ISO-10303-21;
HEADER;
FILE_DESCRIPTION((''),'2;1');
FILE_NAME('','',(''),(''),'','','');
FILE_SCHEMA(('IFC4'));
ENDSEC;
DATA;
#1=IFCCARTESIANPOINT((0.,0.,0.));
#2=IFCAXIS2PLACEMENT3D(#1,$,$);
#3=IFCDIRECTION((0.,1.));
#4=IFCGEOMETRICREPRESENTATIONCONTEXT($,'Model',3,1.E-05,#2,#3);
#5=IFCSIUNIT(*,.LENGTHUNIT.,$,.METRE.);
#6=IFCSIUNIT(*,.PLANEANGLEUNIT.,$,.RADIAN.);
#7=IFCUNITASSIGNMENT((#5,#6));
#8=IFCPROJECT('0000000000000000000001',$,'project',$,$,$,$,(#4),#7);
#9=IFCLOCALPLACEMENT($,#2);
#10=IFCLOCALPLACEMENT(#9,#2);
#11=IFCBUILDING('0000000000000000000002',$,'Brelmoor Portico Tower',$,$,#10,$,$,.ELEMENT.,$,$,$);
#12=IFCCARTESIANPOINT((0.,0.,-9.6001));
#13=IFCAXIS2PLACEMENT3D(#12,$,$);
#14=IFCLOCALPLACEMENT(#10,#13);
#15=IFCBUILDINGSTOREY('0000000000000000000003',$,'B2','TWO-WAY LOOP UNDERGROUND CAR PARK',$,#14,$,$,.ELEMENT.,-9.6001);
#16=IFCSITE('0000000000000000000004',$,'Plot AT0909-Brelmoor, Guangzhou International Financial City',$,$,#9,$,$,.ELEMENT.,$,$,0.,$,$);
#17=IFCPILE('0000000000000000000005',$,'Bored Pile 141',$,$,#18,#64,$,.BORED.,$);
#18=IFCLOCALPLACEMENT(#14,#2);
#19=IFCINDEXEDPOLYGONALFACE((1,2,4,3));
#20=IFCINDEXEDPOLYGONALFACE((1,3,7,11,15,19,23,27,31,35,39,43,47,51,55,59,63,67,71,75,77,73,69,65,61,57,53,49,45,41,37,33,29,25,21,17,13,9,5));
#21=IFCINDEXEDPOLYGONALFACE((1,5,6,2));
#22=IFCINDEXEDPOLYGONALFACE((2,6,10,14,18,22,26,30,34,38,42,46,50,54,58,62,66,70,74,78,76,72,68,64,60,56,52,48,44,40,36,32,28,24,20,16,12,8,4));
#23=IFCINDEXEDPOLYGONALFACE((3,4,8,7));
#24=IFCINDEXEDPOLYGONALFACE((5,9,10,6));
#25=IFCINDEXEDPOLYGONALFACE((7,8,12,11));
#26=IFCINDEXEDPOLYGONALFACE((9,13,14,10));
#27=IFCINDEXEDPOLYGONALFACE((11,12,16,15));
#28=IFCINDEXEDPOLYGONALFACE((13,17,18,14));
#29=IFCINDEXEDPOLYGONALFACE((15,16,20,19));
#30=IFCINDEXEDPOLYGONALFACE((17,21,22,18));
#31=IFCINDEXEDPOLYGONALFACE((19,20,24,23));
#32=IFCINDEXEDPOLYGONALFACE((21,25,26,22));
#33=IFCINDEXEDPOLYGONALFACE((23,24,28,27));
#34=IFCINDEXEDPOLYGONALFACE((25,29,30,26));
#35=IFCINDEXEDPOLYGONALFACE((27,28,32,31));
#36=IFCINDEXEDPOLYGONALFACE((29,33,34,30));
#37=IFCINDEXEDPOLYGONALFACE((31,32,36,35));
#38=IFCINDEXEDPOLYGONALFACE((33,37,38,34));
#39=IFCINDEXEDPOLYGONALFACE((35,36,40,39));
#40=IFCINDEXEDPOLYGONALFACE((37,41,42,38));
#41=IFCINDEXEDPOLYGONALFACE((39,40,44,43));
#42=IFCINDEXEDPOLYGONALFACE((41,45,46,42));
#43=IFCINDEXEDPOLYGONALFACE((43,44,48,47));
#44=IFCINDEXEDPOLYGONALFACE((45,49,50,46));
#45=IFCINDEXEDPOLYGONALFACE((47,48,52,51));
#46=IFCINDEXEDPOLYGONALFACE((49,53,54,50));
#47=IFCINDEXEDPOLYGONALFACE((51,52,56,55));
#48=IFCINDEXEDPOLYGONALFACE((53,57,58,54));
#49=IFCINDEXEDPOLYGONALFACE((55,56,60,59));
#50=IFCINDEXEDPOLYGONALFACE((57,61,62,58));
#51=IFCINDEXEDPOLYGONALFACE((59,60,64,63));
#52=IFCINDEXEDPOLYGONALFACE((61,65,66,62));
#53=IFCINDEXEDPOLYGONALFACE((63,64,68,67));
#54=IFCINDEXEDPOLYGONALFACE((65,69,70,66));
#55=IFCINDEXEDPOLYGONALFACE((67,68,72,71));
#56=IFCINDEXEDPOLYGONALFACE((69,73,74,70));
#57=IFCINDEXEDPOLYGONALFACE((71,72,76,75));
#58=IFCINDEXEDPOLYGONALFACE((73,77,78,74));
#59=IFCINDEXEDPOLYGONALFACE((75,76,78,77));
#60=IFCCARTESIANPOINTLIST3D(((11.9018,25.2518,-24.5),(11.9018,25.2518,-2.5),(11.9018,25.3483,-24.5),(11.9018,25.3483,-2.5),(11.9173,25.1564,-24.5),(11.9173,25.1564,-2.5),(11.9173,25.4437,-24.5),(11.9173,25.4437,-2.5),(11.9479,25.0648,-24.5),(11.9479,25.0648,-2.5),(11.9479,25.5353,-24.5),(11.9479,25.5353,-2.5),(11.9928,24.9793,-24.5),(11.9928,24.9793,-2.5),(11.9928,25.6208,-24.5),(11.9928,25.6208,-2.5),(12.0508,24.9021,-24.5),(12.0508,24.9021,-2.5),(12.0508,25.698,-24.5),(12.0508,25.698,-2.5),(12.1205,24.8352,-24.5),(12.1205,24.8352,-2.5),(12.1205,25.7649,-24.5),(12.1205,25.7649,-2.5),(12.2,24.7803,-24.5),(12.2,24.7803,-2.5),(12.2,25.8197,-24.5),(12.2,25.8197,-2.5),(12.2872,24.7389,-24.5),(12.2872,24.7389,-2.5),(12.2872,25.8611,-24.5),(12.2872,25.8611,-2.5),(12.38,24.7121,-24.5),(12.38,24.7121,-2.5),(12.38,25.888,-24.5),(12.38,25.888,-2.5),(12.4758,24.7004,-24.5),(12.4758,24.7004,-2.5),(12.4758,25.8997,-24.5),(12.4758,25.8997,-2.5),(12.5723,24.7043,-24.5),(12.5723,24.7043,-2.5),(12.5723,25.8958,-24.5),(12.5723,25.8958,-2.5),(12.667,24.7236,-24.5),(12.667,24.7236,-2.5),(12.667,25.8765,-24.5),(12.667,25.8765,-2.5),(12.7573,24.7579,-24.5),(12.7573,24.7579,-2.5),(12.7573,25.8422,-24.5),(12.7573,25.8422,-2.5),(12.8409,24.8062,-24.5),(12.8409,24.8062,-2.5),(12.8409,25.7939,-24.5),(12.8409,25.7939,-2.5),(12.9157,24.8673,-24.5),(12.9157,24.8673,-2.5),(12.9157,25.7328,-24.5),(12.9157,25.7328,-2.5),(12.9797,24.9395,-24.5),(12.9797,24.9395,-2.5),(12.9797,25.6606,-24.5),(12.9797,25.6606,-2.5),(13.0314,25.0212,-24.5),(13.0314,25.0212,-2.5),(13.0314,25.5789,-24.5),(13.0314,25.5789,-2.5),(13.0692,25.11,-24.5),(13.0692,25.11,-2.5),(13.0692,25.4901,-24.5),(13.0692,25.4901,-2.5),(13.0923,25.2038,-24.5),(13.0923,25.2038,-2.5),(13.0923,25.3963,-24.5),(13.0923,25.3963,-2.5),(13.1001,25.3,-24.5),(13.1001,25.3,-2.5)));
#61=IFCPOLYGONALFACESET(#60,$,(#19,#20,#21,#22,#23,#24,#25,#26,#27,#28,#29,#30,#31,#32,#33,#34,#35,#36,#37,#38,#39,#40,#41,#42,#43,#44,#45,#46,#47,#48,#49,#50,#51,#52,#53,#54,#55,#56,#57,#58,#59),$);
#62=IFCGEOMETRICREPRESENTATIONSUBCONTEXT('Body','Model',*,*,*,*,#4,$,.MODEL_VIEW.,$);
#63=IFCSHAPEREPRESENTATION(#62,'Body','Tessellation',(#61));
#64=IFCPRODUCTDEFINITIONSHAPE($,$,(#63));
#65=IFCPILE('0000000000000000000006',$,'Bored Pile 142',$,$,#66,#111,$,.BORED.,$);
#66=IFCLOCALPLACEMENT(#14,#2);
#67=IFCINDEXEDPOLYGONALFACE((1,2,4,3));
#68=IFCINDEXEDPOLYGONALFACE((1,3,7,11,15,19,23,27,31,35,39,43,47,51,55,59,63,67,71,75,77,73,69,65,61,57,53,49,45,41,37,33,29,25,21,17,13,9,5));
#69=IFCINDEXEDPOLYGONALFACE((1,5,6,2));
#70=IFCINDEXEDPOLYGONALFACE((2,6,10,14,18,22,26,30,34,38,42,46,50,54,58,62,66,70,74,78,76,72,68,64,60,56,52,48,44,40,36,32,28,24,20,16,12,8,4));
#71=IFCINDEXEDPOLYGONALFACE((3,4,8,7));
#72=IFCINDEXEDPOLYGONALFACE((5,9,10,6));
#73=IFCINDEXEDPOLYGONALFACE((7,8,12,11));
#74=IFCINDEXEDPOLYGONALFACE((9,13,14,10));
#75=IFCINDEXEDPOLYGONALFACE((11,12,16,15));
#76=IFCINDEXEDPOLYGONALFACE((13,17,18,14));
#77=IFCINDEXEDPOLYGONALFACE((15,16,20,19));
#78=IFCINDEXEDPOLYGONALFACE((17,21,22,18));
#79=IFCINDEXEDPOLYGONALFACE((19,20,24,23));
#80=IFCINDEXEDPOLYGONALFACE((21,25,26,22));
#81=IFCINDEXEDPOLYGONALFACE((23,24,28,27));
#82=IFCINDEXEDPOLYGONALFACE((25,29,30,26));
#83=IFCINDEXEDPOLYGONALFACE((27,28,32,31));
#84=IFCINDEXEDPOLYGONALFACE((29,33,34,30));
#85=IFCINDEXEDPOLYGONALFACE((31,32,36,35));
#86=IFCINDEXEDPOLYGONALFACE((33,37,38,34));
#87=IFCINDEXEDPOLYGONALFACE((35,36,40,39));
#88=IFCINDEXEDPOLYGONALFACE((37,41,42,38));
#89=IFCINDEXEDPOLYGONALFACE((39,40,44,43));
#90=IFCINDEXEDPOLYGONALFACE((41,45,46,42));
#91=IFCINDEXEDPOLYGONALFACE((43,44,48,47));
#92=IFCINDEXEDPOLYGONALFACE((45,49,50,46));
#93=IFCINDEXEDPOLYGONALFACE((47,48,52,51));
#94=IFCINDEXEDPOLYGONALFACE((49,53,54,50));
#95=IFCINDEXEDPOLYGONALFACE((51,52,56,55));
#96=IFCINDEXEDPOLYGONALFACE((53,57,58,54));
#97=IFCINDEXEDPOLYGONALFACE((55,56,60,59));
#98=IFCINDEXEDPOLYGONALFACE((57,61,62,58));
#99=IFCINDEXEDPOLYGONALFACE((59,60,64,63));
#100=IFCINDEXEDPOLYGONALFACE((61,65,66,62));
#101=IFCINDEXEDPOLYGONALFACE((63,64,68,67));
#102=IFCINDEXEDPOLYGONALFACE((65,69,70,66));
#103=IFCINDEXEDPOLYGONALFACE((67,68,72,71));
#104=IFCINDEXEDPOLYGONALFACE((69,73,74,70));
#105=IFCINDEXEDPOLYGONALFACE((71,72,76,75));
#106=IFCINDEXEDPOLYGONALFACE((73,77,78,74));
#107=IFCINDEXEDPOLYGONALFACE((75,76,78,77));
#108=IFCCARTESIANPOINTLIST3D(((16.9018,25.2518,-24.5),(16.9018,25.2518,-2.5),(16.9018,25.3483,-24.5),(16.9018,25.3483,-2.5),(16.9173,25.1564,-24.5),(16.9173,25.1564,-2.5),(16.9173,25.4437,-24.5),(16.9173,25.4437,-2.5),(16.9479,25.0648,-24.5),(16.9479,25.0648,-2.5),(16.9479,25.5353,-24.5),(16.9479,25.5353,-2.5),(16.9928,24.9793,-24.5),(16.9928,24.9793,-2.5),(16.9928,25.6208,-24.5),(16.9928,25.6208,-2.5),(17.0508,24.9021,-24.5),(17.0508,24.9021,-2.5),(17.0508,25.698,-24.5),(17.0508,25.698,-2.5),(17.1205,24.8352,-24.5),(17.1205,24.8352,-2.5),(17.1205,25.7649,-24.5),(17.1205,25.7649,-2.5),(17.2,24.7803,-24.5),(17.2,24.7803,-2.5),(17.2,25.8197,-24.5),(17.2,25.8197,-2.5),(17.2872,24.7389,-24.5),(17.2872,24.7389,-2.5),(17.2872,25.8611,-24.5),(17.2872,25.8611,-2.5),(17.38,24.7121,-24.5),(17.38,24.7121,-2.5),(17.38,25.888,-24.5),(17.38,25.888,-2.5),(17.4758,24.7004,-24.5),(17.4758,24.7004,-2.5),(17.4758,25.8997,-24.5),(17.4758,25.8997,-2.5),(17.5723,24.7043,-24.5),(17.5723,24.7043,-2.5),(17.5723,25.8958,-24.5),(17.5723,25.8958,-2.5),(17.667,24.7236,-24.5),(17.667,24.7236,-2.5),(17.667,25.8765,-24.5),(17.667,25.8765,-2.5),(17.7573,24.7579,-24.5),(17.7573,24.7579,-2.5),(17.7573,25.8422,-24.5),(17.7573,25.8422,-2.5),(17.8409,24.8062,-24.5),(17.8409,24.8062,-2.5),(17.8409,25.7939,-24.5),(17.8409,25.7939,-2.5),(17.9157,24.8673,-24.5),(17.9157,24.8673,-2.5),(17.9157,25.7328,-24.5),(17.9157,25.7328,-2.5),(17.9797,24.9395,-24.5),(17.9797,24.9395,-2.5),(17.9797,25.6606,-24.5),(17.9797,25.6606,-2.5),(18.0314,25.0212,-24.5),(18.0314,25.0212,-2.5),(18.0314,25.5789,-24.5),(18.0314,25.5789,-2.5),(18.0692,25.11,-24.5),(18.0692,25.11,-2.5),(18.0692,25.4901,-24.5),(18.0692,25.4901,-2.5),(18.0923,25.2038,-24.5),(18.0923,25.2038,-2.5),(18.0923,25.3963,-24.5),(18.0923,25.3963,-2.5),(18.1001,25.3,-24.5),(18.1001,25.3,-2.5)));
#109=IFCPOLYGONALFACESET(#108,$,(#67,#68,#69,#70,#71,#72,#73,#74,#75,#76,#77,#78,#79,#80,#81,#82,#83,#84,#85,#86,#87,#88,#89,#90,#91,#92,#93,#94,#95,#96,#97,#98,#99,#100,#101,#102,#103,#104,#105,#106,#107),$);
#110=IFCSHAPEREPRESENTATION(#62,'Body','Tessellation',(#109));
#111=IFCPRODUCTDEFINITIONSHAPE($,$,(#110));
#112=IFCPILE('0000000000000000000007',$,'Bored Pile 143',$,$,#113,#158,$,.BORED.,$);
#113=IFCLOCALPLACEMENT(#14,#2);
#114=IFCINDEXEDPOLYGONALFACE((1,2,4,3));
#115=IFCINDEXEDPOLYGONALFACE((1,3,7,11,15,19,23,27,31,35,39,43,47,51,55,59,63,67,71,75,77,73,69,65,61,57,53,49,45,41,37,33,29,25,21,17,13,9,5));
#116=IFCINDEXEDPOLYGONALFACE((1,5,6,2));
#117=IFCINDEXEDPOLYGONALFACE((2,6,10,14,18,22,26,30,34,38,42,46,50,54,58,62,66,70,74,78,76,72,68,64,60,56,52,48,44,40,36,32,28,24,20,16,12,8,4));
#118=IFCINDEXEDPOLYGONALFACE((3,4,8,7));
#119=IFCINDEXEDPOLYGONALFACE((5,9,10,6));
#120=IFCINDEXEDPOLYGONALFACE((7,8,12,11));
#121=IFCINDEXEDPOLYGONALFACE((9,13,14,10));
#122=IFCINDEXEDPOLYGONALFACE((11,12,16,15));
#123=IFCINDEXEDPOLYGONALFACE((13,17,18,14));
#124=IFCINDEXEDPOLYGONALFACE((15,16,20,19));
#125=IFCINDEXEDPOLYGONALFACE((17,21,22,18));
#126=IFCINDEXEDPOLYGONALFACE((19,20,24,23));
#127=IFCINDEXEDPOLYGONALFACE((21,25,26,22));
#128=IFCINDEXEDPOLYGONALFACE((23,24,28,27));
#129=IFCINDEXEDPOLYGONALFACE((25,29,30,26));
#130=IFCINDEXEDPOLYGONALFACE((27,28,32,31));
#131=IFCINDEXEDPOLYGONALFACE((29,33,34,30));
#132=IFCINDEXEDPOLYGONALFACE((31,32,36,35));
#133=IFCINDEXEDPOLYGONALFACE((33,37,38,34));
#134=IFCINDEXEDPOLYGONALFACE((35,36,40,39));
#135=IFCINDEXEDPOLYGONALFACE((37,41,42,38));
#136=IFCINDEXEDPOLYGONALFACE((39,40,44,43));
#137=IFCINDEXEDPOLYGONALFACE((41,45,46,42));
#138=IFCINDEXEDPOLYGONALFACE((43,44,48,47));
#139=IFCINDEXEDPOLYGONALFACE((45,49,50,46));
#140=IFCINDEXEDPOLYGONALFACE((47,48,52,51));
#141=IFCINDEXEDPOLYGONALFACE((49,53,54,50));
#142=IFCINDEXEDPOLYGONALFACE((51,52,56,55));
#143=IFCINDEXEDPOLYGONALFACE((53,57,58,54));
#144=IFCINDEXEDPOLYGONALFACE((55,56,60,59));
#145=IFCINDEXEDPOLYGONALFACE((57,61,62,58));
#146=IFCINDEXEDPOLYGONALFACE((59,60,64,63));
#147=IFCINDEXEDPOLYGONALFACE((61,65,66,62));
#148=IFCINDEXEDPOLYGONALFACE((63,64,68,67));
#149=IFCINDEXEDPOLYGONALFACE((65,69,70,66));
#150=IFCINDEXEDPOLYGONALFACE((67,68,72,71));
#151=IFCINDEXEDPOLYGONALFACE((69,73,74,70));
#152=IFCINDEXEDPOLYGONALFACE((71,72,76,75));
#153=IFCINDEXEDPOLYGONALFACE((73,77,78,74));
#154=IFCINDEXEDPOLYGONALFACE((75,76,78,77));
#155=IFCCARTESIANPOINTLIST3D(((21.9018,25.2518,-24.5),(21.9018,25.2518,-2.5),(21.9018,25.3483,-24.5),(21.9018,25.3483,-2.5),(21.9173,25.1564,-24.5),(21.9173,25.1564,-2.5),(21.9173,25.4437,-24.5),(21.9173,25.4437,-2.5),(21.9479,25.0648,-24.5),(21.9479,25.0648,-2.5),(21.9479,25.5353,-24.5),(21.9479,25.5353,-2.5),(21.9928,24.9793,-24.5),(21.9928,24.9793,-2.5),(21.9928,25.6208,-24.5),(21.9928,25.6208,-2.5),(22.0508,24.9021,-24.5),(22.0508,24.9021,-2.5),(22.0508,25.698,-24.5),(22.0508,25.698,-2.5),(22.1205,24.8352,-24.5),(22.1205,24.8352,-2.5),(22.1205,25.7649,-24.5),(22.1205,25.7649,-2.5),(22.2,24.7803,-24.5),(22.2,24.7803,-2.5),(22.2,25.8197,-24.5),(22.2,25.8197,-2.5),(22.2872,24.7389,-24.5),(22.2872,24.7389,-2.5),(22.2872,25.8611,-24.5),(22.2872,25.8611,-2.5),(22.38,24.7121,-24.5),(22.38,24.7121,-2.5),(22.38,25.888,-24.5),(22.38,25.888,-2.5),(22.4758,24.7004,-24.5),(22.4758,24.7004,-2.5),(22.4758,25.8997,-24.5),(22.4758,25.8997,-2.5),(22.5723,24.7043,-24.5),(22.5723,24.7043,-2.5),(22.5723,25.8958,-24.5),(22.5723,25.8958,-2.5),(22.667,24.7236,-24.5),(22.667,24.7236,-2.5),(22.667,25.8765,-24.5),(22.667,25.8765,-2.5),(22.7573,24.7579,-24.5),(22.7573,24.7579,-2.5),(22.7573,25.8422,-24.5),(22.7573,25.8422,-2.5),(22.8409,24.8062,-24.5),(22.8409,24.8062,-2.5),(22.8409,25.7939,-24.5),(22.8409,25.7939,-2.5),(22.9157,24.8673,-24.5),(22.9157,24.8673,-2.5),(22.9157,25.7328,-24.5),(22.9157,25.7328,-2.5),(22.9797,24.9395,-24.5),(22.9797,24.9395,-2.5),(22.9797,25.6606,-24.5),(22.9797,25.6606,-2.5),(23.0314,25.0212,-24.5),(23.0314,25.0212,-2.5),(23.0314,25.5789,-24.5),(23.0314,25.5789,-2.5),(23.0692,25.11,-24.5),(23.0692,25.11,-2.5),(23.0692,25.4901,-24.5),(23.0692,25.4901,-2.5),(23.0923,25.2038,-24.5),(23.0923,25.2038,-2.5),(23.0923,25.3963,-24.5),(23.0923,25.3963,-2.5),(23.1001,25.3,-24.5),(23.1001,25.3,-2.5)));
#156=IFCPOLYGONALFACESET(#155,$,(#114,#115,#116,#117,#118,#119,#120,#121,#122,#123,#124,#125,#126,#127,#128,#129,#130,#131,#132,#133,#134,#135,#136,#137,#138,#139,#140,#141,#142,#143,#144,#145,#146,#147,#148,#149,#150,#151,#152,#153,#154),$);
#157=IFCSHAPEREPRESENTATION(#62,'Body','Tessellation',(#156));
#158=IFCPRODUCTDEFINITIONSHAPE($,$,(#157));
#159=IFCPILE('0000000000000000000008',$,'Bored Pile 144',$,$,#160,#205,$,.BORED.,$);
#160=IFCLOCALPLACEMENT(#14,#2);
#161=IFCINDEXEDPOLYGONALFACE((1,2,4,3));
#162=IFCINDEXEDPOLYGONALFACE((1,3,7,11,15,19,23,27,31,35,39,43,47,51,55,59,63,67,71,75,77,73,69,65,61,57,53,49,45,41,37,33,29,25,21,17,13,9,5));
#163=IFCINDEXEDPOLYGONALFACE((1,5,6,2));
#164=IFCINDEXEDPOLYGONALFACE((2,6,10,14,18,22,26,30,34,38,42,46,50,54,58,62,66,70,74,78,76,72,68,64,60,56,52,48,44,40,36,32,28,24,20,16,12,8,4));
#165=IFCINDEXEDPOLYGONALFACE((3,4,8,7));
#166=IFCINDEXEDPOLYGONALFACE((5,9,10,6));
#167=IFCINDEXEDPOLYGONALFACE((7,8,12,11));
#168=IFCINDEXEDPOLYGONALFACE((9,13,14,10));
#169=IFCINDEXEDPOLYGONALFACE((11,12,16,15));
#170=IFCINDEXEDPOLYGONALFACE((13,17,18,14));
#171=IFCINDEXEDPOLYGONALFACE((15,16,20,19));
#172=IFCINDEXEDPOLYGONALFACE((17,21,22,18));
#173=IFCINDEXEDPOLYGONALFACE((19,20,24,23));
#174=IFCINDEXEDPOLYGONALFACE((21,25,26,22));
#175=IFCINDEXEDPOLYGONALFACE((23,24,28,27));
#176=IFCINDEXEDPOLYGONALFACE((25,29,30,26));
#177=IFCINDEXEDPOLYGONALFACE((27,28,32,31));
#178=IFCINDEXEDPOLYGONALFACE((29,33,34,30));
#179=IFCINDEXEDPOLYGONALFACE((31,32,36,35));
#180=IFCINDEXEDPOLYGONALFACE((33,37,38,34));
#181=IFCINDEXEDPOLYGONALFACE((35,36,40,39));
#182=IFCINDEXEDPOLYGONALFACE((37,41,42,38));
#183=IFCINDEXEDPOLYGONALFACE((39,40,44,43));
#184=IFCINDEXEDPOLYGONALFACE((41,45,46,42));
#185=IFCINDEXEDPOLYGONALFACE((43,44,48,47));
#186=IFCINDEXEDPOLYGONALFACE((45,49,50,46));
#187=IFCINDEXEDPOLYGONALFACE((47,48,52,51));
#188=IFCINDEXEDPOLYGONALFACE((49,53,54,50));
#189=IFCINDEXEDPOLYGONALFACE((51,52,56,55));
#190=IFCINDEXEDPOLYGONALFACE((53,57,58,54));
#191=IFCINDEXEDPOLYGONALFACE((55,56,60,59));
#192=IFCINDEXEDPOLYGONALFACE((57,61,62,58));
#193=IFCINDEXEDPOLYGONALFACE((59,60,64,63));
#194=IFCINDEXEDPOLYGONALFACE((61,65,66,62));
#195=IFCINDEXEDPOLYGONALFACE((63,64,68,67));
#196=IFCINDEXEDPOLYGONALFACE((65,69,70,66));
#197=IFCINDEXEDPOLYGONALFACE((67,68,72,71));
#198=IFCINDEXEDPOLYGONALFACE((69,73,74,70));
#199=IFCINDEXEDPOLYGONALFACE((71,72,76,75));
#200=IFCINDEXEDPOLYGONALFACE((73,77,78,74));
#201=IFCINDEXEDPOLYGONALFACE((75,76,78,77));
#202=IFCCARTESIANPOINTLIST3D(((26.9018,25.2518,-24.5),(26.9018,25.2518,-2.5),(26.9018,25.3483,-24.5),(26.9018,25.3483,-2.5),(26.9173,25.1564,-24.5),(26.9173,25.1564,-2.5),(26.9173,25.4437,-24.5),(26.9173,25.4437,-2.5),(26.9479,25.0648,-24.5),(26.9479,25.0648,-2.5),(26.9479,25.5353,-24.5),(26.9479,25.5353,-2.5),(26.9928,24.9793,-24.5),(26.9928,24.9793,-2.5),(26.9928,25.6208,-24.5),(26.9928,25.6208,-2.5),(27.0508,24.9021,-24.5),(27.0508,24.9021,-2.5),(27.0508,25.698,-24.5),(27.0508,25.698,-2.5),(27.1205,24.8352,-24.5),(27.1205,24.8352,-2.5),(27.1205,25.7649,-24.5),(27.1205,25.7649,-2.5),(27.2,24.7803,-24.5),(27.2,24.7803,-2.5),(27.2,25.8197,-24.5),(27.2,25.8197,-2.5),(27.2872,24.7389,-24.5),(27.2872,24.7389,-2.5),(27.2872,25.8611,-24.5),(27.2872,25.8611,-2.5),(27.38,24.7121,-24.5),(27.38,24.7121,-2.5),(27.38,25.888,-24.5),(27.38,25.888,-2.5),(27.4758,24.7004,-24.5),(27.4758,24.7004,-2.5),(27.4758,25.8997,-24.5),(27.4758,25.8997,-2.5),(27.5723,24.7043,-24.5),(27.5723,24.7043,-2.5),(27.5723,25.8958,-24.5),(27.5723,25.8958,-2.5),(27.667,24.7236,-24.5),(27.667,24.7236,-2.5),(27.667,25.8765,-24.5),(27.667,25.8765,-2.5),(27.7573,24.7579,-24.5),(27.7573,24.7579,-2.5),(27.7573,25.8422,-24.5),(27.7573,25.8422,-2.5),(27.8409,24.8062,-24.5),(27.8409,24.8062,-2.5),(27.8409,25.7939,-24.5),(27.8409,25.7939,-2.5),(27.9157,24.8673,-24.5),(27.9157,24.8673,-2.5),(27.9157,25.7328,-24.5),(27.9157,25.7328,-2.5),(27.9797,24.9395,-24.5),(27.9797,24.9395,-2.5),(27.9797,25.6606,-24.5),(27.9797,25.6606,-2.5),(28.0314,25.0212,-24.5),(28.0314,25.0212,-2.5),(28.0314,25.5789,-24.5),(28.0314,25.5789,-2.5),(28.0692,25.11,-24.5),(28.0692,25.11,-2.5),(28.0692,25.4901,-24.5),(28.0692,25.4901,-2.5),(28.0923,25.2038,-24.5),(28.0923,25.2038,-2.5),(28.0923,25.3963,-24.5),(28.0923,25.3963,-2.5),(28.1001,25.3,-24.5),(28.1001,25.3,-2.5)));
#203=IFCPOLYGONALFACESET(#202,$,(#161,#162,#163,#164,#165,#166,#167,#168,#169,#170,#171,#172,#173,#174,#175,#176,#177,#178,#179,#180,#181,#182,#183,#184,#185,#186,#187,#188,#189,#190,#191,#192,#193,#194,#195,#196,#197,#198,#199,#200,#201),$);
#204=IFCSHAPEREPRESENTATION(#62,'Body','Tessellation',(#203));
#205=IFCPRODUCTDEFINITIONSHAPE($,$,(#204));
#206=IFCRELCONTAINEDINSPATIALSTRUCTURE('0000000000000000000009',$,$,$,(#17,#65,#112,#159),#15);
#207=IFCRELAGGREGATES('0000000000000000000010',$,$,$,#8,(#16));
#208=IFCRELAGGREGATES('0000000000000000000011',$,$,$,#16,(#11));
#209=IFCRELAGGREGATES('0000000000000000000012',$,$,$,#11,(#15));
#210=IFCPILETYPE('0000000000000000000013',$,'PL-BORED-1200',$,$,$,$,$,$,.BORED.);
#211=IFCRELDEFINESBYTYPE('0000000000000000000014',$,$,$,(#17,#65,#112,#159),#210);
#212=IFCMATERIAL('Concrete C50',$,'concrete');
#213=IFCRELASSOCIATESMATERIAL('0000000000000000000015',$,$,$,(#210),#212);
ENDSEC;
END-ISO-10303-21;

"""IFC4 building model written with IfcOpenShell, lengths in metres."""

from ifc_helpers import new_model, si_unit, direction, frame, origin, origin_2d, place, context, subcontext, project, spatial, circle, extrude, material, material_profile, profile_set, type_object, element, save


model = new_model("IFC4")

# Units and contexts
model_context = context("Model", 3, precision=1e-05, world=origin(), true_north=direction((0.0, 1.0)))
body_context = subcontext(model_context, "Body", "Model", "MODEL_VIEW")
ifc_project = project(units=[si_unit("LENGTHUNIT", "METRE"), si_unit("PLANEANGLEUNIT", "RADIAN")], contexts=[model_context])

# Site, building, storey
site_placement = place(None, origin())
site = spatial("IfcSite", under=ifc_project, at=site_placement, Name="Plot AT0909-Brelmoor, Guangzhou International Financial City", CompositionType="ELEMENT", RefElevation=0.0)
building_placement = place(site_placement, origin())
building = spatial("IfcBuilding", under=site, at=building_placement, Name="Brelmoor Portico Tower", CompositionType="ELEMENT")
storey_placement = place(building_placement, frame((0.0, 0.0, -9.6001)))
storey = spatial("IfcBuildingStorey", under=building, at=storey_placement, Name="B2", Description="TWO-WAY LOOP UNDERGROUND CAR PARK", CompositionType="ELEMENT", Elevation=-9.6001)

# Shared definitions
ifc_material_1 = material(Name="Concrete C50", Category="concrete")

# Piles
ifc_material_profile_1 = material_profile(ifc_material_1, circle(Radius=0.6001, at=origin_2d()), Name="BORED PILE D1200")
ifc_profile_set_1 = profile_set([ifc_material_profile_1], Name="Concrete C50")
pile_type = type_object("IfcPileType", Name="PL-BORED-1200", PredefinedType="BORED", material=ifc_profile_set_1)
for number, where, z_axis, x_axis, name in (
    (1, (12.5, 25.3, -2.5), (0.0, 0.0, -1.0), (1.0, 0.0, 0.0), "Bored Pile 141"),
    (2, (17.5, 25.3, -2.5), (0.0, 0.0, -1.0), (1.0, 0.0, 0.0), "Bored Pile 142"),
    (3, (22.5, 25.3, -2.5), (0.0, 0.0, -1.0), (1.0, 0.0, 0.0), "Bored Pile 143"),
    (4, (27.5, 25.3, -2.5), (0.0, 0.0, -1.0), (1.0, 0.0, 0.0), "Bored Pile 144"),
):
    element("IfcPile", number, at=place(storey_placement, frame(where, z_axis=z_axis, x_axis=x_axis)), inside=storey, type_object=pile_type, Name=name, PredefinedType="BORED", context=body_context, shape_type="SweptSolid", body=[
        extrude(circle(Radius=0.6001, at=origin_2d()), origin(), (0.0, 0.0, 1.0), 22.0),
    ])

save(model, "model.ifc")
